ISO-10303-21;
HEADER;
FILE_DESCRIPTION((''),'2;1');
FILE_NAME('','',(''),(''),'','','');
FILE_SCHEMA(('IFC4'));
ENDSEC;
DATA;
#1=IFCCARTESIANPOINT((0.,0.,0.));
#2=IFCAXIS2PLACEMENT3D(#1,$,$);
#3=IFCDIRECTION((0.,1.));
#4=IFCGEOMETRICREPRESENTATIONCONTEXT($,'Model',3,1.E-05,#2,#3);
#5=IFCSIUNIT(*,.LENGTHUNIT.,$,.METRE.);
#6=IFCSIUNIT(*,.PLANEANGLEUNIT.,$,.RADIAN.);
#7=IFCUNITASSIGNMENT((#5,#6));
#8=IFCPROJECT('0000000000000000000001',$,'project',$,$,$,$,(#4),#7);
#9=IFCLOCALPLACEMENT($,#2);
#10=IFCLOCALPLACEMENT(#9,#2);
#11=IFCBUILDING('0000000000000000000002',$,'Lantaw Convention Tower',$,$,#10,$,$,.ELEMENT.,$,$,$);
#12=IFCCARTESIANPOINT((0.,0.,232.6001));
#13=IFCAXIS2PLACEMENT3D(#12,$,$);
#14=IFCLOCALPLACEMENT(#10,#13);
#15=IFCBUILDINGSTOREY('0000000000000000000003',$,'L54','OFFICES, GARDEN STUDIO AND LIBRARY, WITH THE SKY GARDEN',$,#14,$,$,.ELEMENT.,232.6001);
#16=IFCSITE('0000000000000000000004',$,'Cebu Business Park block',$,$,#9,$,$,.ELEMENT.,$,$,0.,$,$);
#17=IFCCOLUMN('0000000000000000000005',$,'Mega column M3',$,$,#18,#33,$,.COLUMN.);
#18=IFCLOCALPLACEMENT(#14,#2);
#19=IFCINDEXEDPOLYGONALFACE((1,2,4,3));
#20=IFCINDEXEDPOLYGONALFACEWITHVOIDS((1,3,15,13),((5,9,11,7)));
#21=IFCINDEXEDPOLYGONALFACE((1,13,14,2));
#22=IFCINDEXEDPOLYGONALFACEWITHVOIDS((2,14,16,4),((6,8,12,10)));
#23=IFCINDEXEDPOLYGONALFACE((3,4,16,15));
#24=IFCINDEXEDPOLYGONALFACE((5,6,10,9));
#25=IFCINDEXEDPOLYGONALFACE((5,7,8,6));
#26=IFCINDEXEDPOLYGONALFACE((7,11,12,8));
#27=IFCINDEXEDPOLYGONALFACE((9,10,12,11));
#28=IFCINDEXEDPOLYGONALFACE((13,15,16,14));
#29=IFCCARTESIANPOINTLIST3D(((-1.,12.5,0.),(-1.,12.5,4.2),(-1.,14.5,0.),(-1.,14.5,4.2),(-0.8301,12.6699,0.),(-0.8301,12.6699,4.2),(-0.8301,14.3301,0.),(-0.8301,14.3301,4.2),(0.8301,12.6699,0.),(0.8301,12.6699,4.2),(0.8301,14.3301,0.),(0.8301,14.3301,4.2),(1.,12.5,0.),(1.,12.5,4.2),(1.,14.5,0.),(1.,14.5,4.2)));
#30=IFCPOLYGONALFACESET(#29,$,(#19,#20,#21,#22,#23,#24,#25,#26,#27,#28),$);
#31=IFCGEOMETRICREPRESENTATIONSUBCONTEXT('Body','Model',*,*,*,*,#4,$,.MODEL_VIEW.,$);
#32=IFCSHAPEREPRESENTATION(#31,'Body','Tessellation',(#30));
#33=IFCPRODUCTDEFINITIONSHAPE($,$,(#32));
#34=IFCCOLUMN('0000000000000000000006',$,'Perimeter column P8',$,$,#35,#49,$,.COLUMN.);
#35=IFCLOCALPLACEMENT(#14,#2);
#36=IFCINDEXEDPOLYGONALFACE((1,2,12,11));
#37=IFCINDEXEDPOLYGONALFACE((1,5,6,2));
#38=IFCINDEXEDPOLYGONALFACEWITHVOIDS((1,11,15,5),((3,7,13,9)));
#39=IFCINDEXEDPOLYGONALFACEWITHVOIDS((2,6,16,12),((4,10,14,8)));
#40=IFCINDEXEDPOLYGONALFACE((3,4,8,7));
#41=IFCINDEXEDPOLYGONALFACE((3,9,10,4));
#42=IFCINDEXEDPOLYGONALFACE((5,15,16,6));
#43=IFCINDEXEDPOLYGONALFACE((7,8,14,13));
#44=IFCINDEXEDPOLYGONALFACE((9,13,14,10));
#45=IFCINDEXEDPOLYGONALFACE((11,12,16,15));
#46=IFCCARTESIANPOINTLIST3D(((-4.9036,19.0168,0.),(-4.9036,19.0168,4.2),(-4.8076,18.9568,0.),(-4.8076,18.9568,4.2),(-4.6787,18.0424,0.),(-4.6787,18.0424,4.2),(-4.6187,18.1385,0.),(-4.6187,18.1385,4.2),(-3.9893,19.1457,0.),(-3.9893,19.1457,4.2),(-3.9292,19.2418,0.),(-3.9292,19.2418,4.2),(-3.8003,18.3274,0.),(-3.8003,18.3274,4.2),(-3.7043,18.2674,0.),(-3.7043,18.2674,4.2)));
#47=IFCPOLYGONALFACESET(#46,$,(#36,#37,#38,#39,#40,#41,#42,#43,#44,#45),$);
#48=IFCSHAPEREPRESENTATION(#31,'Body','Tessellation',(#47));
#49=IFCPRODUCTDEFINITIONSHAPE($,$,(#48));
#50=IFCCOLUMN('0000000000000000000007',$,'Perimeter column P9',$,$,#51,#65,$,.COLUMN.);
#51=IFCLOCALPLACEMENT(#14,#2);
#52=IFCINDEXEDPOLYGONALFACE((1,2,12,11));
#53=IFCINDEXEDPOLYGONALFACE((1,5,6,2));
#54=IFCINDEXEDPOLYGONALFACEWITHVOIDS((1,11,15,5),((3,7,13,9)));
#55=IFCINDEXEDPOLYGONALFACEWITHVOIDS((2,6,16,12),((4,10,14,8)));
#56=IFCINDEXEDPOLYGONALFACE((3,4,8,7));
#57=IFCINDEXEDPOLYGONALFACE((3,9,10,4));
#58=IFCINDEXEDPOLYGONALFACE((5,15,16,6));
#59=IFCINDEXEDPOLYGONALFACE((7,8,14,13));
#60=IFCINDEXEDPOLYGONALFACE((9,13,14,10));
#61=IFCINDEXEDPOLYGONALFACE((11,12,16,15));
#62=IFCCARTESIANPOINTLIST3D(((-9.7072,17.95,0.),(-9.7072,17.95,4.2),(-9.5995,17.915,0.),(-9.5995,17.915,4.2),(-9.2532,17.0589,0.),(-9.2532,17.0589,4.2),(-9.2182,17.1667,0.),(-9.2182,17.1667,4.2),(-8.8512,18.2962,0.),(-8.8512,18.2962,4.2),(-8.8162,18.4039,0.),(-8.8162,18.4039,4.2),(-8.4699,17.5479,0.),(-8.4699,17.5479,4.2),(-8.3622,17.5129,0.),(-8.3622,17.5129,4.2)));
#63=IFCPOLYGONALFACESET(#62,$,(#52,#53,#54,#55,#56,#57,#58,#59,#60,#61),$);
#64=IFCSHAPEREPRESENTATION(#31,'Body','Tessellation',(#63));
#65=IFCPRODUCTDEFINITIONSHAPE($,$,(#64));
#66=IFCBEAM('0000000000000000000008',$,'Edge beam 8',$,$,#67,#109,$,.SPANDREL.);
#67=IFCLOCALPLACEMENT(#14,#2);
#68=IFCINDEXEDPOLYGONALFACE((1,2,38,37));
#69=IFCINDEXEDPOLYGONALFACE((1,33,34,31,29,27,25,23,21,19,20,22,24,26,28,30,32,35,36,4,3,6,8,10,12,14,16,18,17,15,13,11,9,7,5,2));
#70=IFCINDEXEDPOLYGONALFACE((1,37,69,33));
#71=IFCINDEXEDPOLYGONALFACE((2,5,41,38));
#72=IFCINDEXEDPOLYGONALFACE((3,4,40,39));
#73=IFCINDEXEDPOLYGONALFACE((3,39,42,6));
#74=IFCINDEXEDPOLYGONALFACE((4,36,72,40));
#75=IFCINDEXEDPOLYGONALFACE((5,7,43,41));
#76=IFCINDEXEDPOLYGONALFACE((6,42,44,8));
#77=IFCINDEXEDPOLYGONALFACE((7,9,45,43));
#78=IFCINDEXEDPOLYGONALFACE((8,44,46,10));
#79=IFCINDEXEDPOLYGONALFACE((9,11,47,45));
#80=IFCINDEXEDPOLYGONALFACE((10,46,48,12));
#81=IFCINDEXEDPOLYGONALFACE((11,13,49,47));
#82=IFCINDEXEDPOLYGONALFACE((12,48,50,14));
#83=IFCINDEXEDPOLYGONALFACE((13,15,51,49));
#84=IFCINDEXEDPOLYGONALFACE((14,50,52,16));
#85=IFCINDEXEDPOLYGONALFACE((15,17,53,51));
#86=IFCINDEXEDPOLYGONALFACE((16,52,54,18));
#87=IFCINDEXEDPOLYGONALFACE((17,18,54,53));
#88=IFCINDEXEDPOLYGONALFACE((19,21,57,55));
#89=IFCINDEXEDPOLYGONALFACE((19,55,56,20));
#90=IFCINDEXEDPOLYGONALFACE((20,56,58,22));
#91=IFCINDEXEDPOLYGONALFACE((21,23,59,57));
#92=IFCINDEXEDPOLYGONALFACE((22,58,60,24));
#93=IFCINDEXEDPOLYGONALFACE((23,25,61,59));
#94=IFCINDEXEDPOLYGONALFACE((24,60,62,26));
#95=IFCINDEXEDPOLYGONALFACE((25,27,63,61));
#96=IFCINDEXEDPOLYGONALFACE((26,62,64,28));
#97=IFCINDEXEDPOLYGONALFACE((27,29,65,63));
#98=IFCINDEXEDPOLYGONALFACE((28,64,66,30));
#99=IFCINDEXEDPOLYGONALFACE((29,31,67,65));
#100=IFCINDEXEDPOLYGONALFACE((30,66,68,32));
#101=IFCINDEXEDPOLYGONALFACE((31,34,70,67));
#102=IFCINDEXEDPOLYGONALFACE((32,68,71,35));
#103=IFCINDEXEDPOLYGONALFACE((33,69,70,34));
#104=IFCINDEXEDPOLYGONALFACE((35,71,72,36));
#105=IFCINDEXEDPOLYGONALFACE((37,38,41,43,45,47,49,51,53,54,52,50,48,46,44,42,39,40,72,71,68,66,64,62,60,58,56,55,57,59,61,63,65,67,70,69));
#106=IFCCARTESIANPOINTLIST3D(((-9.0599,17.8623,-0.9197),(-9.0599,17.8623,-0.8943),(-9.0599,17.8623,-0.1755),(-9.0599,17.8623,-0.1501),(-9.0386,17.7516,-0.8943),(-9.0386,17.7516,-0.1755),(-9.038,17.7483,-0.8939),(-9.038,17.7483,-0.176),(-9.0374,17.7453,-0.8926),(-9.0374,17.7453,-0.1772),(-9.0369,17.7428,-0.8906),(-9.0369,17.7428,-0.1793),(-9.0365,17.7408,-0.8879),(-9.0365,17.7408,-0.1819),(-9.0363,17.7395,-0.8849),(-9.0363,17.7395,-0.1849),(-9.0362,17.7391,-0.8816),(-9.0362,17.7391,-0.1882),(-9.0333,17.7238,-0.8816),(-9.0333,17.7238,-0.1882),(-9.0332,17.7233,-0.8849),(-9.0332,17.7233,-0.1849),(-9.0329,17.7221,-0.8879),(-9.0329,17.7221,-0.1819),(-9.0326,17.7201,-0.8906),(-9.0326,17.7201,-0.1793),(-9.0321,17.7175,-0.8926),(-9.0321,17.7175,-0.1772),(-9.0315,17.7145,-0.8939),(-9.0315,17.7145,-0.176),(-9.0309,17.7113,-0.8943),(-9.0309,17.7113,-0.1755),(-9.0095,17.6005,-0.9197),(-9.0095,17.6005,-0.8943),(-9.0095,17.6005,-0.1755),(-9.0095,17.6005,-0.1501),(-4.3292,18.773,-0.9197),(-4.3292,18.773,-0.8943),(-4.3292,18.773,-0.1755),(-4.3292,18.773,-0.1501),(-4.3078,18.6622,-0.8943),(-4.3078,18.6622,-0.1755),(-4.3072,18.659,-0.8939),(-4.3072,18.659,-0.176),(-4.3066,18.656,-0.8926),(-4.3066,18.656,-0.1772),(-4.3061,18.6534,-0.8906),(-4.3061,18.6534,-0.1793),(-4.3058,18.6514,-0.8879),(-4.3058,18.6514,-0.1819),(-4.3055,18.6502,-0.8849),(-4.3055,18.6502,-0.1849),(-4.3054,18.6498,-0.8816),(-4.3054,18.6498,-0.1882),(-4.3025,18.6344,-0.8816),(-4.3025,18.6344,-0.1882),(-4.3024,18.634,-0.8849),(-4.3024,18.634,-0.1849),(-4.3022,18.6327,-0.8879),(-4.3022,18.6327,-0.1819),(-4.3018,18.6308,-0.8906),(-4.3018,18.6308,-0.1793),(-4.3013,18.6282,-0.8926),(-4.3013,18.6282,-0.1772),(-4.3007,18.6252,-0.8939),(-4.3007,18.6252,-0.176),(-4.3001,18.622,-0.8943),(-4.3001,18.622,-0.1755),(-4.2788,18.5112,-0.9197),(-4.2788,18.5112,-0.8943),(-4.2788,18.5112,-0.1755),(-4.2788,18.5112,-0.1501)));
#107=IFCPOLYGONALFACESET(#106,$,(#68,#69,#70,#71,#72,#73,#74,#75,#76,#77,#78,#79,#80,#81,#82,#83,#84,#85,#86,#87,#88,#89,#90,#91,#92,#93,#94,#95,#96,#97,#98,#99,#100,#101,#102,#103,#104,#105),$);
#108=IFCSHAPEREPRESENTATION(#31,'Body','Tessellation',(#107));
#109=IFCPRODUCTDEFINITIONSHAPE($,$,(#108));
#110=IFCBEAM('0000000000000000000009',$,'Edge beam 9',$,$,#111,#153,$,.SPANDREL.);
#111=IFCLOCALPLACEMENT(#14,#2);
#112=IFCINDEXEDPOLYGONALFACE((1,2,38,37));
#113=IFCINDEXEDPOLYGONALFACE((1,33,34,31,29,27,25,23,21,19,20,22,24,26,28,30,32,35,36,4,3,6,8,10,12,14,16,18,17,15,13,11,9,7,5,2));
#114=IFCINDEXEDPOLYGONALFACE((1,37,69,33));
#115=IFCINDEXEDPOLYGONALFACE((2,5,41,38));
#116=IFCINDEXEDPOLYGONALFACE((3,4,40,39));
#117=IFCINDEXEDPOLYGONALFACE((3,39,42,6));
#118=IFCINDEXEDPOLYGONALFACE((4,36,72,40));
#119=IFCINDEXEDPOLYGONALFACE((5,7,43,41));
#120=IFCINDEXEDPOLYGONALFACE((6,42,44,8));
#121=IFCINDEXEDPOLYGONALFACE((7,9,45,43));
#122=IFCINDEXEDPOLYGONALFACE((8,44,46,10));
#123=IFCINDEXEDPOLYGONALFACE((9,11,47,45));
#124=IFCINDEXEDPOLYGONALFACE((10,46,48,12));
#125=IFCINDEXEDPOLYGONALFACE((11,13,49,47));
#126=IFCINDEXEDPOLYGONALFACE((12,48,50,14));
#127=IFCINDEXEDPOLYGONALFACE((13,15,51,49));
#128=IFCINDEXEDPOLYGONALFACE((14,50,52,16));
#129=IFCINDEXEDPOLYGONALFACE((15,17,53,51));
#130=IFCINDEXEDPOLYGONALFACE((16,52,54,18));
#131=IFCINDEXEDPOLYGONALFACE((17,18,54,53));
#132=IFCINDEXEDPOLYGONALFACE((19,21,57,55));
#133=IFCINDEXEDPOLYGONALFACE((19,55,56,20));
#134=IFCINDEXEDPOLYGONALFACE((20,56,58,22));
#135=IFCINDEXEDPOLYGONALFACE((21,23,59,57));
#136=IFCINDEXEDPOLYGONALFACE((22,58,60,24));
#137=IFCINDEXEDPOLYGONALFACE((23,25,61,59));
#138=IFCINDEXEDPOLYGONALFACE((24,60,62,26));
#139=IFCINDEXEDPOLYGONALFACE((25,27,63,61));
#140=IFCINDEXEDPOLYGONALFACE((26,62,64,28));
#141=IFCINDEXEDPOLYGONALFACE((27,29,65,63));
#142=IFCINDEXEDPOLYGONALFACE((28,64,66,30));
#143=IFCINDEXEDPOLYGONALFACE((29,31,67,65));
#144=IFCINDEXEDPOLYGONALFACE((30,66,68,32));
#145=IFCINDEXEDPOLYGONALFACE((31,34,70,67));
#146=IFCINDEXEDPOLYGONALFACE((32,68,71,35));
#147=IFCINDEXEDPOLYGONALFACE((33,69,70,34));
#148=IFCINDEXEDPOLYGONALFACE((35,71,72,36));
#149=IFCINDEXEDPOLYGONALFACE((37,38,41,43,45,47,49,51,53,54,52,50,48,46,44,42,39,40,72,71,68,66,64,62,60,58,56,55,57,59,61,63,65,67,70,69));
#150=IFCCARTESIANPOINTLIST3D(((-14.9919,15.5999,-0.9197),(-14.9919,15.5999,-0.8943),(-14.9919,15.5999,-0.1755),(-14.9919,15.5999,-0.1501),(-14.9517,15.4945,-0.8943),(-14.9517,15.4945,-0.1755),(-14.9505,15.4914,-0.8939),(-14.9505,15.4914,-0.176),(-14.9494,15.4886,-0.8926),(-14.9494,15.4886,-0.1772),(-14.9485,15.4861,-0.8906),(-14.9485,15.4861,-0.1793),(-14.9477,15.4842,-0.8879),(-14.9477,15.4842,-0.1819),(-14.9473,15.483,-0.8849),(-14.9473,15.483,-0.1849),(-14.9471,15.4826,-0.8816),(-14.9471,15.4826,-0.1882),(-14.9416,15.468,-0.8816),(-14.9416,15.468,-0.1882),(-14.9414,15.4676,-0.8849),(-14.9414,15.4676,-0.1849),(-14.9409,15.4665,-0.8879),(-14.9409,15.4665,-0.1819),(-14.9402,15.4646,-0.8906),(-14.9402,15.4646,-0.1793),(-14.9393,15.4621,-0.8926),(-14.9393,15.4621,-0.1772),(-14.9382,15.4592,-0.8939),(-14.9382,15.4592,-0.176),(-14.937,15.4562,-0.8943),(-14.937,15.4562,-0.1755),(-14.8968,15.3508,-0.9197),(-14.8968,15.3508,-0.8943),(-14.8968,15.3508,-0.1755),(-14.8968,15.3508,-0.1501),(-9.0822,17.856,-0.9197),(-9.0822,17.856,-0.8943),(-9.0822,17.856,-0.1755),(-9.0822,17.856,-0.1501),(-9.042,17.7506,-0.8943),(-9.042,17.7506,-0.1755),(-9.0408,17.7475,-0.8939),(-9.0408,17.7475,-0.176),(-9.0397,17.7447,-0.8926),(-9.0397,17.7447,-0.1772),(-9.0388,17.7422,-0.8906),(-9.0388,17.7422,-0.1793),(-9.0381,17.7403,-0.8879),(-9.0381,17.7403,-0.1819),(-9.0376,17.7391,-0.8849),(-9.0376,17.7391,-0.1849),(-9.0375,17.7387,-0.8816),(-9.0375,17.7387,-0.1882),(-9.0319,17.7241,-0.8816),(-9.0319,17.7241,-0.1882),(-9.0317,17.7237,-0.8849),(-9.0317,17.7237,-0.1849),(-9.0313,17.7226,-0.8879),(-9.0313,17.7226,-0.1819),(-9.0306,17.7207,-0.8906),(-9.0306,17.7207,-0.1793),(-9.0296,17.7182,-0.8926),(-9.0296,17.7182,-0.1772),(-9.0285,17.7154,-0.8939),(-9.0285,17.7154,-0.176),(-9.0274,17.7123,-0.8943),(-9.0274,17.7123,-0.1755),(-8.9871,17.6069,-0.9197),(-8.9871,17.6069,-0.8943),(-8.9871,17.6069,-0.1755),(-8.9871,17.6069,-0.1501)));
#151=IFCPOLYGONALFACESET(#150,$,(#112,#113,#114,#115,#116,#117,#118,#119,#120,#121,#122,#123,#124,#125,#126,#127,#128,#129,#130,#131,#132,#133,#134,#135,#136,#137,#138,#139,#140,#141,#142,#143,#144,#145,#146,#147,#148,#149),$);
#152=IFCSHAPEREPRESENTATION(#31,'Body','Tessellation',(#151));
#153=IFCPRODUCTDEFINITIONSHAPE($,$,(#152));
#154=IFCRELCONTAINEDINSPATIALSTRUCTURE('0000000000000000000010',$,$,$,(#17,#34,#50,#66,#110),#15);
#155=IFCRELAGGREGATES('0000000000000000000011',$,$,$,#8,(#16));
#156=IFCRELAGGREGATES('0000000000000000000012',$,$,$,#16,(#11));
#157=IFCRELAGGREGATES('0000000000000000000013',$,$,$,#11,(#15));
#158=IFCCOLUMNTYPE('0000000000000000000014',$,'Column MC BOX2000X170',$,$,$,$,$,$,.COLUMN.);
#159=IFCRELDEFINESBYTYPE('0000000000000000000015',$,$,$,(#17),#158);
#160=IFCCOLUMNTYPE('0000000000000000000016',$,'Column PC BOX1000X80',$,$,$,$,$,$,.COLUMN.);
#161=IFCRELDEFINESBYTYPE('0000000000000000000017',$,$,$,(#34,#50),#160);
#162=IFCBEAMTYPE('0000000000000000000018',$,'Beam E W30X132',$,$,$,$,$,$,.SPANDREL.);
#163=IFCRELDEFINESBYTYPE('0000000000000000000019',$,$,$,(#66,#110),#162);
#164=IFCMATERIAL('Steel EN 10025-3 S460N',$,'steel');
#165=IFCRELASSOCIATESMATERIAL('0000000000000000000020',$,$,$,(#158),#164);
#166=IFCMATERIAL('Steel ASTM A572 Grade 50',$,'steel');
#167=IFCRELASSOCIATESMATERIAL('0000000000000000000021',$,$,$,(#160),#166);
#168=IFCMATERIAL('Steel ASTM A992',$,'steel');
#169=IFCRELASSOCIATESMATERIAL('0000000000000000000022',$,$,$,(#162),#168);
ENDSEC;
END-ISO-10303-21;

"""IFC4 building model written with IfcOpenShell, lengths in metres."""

from ifc_helpers import new_model, si_unit, direction, frame, origin, origin_2d, place, context, subcontext, project, spatial, rectangle, hollow_rectangle, i_section, extrude, material, material_profile, profile_set, type_object, element, save


model = new_model("IFC4")

# Units and contexts
model_context = context("Model", 3, precision=1e-05, world=origin(), true_north=direction((0.0, 1.0)))
body_context = subcontext(model_context, "Body", "Model", "MODEL_VIEW")
ifc_project = project(units=[si_unit("LENGTHUNIT", "METRE"), si_unit("PLANEANGLEUNIT", "RADIAN")], contexts=[model_context])

# Site, building, storey
site_placement = place(None, origin())
site = spatial("IfcSite", under=ifc_project, at=site_placement, Name="Cebu Business Park block", CompositionType="ELEMENT", RefElevation=0.0)
building_placement = place(site_placement, origin())
building = spatial("IfcBuilding", under=site, at=building_placement, Name="Lantaw Convention Tower", CompositionType="ELEMENT")
storey_placement = place(building_placement, frame((0.0, 0.0, 232.6001)))
storey = spatial("IfcBuildingStorey", under=building, at=storey_placement, Name="L54", Description="OFFICES, GARDEN STUDIO AND LIBRARY, WITH THE SKY GARDEN", CompositionType="ELEMENT", Elevation=232.6001)

# Columns
ifc_material_1 = material(Name="Steel EN 10025-3 S460N", Category="steel")
ifc_material_profile_1 = material_profile(ifc_material_1, hollow_rectangle(XDim=2.0, YDim=2.0, WallThickness=0.1699, at=origin_2d()), Name="BOX2000X170")
ifc_material_2 = material(Name="Concrete C60/75", Category="concrete")
ifc_material_profile_2 = material_profile(ifc_material_2, rectangle(XDim=1.6599, YDim=1.6599, at=origin_2d()), Name="Concrete fill of BOX2000X170")
ifc_profile_set_1 = profile_set([ifc_material_profile_1, ifc_material_profile_2], Name="Steel EN 10025-3 S460N")
column_type_1 = type_object("IfcColumnType", Name="Column MC BOX2000X170", PredefinedType="COLUMN", material=ifc_profile_set_1)
column_placement = place(storey_placement, frame((0.0, 13.5, 0.0), z_axis=(0.0, 0.0, 1.0), x_axis=(1.0, 0.0, 0.0)))
element("IfcColumn", 1, at=column_placement, inside=storey, type_object=column_type_1, Name="Mega column M3", PredefinedType="COLUMN", context=body_context, shape_type="SweptSolid", body=[
    extrude(hollow_rectangle(XDim=2.0, YDim=2.0, WallThickness=0.1699, at=origin_2d()), origin(), (0.0, 0.0, 1.0), 4.2),
])
ifc_material_3 = material(Name="Steel ASTM A572 Grade 50", Category="steel")
ifc_material_profile_3 = material_profile(ifc_material_3, hollow_rectangle(XDim=1.0, YDim=1.0, WallThickness=0.0801, at=origin_2d()), Name="BOX1000X80")
ifc_material_profile_4 = material_profile(ifc_material_2, rectangle(XDim=0.8401, YDim=0.8401, at=origin_2d()), Name="Concrete fill of BOX1000X80")
ifc_profile_set_2 = profile_set([ifc_material_profile_3, ifc_material_profile_4], Name="Steel ASTM A572 Grade 50")
column_type_2 = type_object("IfcColumnType", Name="Column PC BOX1000X80", PredefinedType="COLUMN", material=ifc_profile_set_2)
for number, where, z_axis, x_axis, name in (
    (2, (-4.304, 18.6421, 0.0), (0.0, 0.0, 1.0), (0.97437, 0.224951, 0.0), "Perimeter column P8"),
    (3, (-9.0347, 17.7314, 0.0), (0.0, 0.0, 1.0), (0.891007, 0.45399, 0.0), "Perimeter column P9"),
):
    element("IfcColumn", number, at=place(storey_placement, frame(where, z_axis=z_axis, x_axis=x_axis)), inside=storey, type_object=column_type_2, Name=name, PredefinedType="COLUMN", context=body_context, shape_type="SweptSolid", body=[
        extrude(hollow_rectangle(XDim=1.0, YDim=1.0, WallThickness=0.0801, at=origin_2d()), origin(), (0.0, 0.0, 1.0), 4.2),
    ])

# Beams
ifc_material_4 = material(Name="Steel ASTM A992", Category="steel")
ifc_material_profile_5 = material_profile(ifc_material_4, i_section(OverallWidth=0.2666, OverallDepth=0.7695, WebThickness=0.0156, FlangeThickness=0.0254, FilletRadius=0.0127, at=origin_2d()), Name="W30X132")
ifc_profile_set_3 = profile_set([ifc_material_profile_5], Name="Steel ASTM A992")
beam_type_1 = type_object("IfcBeamType", Name="Beam E W30X132", PredefinedType="SPANDREL", material=ifc_profile_set_3)
beam_1_placement = place(storey_placement, frame((-4.304, 18.6421, -0.5349), z_axis=(-0.981972, -0.189026, 0.0), x_axis=(0.189026, -0.981972, 0.0)))
element("IfcBeam", 4, at=beam_1_placement, inside=storey, type_object=beam_type_1, Name="Edge beam 8", PredefinedType="SPANDREL", context=body_context, shape_type="SweptSolid", body=[
    extrude(i_section(OverallWidth=0.2666, OverallDepth=0.7695, WebThickness=0.0156, FlangeThickness=0.0254, FilletRadius=0.0127, at=origin_2d()), origin(), (0.0, 0.0, 1.0), 4.8176),
])
beam_2_placement = place(storey_placement, frame((-9.0347, 17.7314, -0.5349), z_axis=(-0.934235, -0.356658, 0.0), x_axis=(0.356658, -0.934235, 0.0)))
element("IfcBeam", 5, at=beam_2_placement, inside=storey, type_object=beam_type_1, Name="Edge beam 9", PredefinedType="SPANDREL", context=body_context, shape_type="SweptSolid", body=[
    extrude(i_section(OverallWidth=0.2666, OverallDepth=0.7695, WebThickness=0.0156, FlangeThickness=0.0254, FilletRadius=0.0127, at=origin_2d()), origin(), (0.0, 0.0, 1.0), 6.3257),
])

save(model, "model.ifc")
